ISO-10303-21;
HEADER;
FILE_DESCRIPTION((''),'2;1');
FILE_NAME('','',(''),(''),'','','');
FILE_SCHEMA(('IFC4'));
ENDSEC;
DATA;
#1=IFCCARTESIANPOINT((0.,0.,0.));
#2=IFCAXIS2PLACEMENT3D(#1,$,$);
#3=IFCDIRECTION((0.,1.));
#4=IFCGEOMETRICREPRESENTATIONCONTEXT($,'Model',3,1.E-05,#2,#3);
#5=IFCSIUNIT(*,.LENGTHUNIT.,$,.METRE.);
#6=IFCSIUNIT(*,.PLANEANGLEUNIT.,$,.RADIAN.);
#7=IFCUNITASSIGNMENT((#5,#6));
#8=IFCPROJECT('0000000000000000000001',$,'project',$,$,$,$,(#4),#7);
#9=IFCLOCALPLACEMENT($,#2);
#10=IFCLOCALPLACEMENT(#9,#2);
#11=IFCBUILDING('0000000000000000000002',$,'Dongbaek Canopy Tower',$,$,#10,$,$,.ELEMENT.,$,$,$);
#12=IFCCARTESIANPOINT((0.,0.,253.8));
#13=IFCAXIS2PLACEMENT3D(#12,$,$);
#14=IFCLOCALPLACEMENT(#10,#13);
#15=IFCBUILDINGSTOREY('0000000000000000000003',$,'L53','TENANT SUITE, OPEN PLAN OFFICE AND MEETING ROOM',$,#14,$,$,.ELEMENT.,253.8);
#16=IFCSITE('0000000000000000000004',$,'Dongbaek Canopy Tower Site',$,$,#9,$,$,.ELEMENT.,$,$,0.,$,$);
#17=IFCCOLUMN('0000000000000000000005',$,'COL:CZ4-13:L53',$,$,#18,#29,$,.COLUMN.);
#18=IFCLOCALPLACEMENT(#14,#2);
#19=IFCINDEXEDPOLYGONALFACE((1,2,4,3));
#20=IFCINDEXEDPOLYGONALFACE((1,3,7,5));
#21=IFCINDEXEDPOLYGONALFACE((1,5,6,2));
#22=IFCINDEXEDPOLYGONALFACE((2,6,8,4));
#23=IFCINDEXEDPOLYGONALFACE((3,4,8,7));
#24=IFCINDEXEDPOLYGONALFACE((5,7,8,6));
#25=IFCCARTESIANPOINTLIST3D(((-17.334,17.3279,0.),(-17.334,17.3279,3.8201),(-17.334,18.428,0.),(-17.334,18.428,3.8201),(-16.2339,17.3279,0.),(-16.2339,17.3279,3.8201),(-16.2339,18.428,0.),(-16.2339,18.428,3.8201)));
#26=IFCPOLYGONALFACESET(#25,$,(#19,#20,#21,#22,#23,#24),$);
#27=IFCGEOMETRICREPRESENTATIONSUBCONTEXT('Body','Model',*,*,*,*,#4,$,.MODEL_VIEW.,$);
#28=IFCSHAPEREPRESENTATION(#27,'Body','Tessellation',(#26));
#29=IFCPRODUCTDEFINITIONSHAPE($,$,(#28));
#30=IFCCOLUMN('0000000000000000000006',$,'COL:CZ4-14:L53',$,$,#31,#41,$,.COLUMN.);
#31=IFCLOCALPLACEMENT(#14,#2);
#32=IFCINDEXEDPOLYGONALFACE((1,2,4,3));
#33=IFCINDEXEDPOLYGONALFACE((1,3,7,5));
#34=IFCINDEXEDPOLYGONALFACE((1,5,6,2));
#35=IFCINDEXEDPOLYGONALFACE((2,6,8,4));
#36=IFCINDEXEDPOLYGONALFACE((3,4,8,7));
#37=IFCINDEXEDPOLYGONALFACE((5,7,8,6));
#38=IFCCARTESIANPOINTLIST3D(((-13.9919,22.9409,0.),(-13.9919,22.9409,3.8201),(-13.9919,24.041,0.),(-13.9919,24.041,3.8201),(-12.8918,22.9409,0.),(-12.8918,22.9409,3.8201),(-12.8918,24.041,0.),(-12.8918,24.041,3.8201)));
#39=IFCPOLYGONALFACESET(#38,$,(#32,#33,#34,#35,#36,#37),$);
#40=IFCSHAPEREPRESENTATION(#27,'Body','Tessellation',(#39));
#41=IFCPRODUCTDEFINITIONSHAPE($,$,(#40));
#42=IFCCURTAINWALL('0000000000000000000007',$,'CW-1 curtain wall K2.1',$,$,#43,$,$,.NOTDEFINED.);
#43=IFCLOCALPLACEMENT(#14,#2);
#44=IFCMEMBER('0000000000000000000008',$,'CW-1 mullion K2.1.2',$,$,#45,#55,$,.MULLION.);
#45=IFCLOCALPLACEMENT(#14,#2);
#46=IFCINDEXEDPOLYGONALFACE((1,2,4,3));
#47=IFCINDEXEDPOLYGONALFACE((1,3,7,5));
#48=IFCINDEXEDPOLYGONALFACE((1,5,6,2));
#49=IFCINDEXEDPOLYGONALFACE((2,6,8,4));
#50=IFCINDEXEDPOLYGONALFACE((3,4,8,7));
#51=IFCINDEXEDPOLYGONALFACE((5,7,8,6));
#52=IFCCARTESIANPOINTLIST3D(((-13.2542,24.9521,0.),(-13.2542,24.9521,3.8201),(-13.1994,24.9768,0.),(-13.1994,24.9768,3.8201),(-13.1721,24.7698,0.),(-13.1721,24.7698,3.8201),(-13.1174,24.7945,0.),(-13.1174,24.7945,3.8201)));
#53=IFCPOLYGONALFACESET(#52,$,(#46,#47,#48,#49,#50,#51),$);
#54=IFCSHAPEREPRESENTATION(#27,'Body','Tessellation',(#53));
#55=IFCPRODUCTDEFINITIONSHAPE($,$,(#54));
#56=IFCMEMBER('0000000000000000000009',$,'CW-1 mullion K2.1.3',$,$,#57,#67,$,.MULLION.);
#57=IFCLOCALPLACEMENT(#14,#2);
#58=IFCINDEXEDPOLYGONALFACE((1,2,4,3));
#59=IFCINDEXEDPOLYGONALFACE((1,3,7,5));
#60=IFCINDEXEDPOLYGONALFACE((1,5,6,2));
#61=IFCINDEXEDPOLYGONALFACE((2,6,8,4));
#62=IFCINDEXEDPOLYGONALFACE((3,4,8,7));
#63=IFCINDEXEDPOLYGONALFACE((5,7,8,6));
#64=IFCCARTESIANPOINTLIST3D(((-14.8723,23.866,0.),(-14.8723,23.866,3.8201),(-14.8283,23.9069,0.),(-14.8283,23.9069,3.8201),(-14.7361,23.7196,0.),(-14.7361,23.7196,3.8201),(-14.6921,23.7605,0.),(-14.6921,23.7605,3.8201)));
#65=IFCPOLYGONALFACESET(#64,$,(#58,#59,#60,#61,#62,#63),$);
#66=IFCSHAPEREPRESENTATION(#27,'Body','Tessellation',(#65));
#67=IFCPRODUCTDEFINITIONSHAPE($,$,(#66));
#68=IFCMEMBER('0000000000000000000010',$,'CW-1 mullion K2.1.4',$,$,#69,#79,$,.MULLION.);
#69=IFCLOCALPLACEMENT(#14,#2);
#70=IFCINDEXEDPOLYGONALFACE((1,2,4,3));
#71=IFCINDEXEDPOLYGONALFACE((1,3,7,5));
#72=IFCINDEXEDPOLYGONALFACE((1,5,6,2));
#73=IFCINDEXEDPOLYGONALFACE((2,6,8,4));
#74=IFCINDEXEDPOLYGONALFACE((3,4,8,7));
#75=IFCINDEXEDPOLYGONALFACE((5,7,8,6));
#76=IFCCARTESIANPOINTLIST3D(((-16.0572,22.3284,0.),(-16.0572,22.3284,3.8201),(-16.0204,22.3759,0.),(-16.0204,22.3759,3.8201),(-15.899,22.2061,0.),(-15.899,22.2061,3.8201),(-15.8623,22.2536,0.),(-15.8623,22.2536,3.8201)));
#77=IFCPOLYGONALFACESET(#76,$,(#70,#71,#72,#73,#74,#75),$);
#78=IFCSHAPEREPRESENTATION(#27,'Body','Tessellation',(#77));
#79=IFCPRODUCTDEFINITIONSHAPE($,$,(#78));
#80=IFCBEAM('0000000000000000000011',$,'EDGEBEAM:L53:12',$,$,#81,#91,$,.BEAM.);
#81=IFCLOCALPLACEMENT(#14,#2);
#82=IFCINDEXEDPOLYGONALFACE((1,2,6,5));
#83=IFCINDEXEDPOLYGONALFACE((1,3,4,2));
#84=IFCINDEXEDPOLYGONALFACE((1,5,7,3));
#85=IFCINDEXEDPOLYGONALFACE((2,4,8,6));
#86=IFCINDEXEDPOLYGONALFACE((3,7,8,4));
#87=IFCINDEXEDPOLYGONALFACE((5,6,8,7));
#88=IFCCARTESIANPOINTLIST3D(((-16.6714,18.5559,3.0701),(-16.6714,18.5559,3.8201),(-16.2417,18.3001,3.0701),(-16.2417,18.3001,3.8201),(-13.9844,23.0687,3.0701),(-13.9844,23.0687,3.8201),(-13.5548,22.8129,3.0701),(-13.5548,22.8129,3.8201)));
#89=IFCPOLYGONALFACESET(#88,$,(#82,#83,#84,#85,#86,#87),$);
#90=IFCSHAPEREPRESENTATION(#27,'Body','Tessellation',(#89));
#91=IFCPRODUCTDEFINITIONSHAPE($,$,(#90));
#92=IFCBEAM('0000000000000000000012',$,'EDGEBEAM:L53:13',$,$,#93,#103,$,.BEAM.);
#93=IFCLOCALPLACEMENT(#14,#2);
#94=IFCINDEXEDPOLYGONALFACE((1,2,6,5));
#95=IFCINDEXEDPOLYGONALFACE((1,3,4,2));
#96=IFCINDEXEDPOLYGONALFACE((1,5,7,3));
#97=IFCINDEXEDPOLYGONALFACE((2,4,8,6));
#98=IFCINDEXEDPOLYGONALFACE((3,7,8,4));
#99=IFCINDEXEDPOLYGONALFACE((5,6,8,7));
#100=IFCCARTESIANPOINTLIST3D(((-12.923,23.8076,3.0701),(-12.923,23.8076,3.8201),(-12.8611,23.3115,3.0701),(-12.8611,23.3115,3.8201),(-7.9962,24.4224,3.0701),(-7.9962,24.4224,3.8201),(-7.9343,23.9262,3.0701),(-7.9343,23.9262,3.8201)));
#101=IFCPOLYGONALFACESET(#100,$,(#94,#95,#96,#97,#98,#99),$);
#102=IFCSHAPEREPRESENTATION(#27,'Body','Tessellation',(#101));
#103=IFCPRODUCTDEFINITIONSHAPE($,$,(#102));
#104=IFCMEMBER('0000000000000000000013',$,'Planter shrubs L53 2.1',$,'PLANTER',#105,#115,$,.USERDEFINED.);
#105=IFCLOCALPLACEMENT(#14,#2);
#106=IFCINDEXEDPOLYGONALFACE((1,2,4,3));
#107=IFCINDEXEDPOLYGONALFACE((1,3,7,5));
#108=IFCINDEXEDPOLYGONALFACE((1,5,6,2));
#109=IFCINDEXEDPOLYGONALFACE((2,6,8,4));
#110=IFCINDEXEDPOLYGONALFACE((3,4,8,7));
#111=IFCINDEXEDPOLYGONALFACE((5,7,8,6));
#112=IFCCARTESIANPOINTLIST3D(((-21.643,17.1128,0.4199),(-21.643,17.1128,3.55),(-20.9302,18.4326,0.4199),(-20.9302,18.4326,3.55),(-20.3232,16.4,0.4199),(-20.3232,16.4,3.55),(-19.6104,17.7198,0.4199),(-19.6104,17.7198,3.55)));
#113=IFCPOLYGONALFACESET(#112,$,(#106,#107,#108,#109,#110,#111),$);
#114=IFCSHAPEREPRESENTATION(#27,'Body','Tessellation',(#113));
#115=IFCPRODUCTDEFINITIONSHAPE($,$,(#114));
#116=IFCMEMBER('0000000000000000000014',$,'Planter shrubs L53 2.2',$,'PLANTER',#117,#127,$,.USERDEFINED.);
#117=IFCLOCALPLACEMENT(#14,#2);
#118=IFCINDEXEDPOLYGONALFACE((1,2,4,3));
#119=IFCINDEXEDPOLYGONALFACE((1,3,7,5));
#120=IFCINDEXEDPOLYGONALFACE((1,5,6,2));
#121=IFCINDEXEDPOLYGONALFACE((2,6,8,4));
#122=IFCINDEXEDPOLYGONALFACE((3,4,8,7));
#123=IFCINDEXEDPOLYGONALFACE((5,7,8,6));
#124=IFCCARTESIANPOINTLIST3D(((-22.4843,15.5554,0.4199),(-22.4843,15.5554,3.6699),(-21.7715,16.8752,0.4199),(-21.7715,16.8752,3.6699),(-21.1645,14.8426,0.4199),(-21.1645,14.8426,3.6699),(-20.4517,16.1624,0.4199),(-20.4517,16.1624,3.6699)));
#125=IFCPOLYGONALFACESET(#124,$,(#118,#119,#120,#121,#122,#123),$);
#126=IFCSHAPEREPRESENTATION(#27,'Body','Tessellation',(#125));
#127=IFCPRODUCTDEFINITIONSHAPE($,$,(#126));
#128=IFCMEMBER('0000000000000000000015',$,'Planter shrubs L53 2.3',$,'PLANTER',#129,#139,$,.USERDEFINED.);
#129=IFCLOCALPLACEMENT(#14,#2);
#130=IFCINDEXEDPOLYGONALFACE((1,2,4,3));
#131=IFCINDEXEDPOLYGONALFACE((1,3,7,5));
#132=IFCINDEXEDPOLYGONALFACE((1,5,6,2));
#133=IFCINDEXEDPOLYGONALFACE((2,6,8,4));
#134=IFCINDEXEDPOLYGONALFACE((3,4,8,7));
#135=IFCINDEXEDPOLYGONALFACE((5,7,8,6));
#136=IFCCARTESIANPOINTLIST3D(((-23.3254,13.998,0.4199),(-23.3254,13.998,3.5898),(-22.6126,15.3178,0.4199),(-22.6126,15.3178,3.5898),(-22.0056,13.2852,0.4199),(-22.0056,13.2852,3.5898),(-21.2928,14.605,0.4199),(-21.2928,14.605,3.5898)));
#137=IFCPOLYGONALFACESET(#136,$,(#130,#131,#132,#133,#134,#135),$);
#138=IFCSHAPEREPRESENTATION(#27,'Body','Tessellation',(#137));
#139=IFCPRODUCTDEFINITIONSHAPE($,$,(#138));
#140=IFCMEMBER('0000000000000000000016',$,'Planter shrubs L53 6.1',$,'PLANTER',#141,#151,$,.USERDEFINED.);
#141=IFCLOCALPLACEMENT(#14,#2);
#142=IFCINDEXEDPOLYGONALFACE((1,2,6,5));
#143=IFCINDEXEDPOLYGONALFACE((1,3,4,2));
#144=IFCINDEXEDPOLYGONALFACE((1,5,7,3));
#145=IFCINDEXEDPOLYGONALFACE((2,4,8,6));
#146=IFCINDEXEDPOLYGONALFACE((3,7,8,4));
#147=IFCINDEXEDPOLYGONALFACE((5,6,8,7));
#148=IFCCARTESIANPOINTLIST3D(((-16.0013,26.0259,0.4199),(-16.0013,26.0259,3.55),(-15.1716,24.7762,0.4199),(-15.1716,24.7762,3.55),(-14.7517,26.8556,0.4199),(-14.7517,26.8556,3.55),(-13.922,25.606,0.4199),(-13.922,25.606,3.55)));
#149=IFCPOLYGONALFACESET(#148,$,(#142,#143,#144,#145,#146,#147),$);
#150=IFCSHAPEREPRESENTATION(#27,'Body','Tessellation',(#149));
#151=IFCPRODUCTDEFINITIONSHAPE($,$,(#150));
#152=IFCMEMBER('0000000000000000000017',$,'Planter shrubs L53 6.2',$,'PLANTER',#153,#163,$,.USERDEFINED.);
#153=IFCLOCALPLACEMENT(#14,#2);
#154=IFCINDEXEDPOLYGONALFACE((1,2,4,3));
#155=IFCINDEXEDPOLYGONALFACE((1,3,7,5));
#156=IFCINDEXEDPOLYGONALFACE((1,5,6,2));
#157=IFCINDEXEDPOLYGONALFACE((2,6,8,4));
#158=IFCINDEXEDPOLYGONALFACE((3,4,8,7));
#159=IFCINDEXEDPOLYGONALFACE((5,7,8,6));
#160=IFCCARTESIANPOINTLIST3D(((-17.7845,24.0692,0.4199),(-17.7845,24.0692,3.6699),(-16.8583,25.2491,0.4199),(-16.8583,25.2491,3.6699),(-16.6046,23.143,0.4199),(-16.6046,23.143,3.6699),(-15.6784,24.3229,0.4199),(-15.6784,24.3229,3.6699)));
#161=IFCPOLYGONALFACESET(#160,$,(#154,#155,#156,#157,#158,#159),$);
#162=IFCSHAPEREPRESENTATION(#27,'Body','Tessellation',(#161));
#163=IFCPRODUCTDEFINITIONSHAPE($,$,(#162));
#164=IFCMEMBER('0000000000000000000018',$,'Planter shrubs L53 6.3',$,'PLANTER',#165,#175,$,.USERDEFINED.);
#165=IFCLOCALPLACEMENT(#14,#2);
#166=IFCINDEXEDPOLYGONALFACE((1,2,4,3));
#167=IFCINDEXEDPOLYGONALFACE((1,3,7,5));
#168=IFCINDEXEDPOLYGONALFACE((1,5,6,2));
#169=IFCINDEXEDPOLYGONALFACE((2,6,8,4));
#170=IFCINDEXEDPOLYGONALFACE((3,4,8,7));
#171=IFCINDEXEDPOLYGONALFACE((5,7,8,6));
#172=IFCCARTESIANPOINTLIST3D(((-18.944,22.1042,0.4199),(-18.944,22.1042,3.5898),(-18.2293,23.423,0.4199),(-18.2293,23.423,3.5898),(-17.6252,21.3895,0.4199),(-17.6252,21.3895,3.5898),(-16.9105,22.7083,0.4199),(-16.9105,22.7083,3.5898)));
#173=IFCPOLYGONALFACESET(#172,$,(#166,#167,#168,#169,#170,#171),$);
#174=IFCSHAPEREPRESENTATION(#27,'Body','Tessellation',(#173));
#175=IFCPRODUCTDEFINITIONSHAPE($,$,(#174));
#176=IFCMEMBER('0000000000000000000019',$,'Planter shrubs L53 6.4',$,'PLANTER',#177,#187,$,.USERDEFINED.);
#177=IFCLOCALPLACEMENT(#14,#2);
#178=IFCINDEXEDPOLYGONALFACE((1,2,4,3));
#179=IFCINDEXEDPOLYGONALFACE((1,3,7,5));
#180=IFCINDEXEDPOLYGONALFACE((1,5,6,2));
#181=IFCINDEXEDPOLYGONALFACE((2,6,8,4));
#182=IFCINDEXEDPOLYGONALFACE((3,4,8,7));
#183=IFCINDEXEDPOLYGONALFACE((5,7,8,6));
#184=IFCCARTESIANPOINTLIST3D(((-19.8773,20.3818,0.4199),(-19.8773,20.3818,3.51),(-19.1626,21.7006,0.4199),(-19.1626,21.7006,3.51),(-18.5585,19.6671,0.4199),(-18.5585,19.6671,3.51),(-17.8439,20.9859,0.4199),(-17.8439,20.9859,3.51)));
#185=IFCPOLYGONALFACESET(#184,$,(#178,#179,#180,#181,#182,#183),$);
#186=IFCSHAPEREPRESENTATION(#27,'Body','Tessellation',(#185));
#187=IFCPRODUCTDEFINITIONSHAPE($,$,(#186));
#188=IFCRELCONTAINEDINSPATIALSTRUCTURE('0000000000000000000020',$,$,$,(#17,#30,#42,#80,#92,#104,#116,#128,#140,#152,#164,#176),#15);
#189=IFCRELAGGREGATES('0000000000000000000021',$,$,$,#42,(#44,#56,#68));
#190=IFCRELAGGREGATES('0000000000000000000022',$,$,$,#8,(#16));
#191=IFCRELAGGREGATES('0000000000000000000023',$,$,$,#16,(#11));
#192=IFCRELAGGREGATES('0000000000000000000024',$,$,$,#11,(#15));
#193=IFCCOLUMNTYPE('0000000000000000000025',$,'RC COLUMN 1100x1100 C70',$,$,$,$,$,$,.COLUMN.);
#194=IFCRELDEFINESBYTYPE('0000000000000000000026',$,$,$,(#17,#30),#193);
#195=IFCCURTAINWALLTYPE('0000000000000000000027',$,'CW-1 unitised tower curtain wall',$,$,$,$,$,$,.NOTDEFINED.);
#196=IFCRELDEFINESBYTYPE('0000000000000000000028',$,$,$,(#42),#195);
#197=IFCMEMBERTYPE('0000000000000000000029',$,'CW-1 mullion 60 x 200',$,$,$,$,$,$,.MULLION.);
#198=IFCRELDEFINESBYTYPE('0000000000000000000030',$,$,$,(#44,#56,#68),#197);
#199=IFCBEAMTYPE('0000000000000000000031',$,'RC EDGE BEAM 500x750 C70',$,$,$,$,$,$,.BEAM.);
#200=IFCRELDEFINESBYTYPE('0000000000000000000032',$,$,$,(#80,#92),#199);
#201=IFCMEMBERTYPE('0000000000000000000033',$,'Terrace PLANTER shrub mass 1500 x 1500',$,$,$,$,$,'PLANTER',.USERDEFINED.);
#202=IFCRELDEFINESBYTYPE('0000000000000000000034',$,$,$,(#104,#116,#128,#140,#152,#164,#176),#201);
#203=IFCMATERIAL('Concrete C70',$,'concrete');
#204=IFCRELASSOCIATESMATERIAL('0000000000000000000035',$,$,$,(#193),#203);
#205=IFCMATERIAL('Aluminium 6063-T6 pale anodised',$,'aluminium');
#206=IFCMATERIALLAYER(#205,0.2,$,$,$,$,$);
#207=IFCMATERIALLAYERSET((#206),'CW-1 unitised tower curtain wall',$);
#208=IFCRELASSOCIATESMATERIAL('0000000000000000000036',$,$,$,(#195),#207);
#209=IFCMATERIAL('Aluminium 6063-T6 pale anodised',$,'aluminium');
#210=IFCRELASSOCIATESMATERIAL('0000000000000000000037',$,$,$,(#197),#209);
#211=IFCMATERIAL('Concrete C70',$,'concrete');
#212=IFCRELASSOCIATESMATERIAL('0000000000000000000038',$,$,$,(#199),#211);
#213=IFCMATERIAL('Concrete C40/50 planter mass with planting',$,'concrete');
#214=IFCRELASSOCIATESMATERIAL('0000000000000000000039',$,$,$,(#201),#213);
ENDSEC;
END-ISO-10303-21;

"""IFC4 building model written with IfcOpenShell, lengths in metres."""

from ifc_helpers import new_model, si_unit, direction, frame, origin, origin_2d, place, context, subcontext, project, spatial, rectangle, extrude, material, layer, layer_set, material_profile, profile_set, type_object, element, aggregate, save


model = new_model("IFC4")

# Units and contexts
model_context = context("Model", 3, precision=1e-05, world=origin(), true_north=direction((0.0, 1.0)))
body_context = subcontext(model_context, "Body", "Model", "MODEL_VIEW")
ifc_project = project(units=[si_unit("LENGTHUNIT", "METRE"), si_unit("PLANEANGLEUNIT", "RADIAN")], contexts=[model_context])

# Site, building, storey
site_placement = place(None, origin())
site = spatial("IfcSite", under=ifc_project, at=site_placement, Name="Dongbaek Canopy Tower Site", CompositionType="ELEMENT", RefElevation=0.0)
building_placement = place(site_placement, origin())
building = spatial("IfcBuilding", under=site, at=building_placement, Name="Dongbaek Canopy Tower", CompositionType="ELEMENT")
storey_placement = place(building_placement, frame((0.0, 0.0, 253.8)))
storey = spatial("IfcBuildingStorey", under=building, at=storey_placement, Name="L53", Description="TENANT SUITE, OPEN PLAN OFFICE AND MEETING ROOM", CompositionType="ELEMENT", Elevation=253.8)

# Columns
ifc_material_1 = material(Name="Concrete C70", Category="concrete")
ifc_material_profile_1 = material_profile(ifc_material_1, rectangle(XDim=1.1001, YDim=1.1001, at=origin_2d()), Name="RC COLUMN 1100x1100 C70")
ifc_profile_set_1 = profile_set([ifc_material_profile_1], Name="Concrete C70")
column_type = type_object("IfcColumnType", Name="RC COLUMN 1100x1100 C70", PredefinedType="COLUMN", material=ifc_profile_set_1)
for number, where, z_axis, x_axis, name in (
    (1, (-16.7839, 17.8779, 0.0), (0.0, 0.0, 1.0), (1.0, 0.0, 0.0), "COL:CZ4-13:L53"),
    (2, (-13.4419, 23.491, 0.0), (0.0, 0.0, 1.0), (1.0, 0.0, 0.0), "COL:CZ4-14:L53"),
):
    element("IfcColumn", number, at=place(storey_placement, frame(where, z_axis=z_axis, x_axis=x_axis)), inside=storey, type_object=column_type, Name=name, PredefinedType="COLUMN", context=body_context, shape_type="SweptSolid", body=[
        extrude(rectangle(XDim=1.1001, YDim=1.1001, at=origin_2d()), origin(), (0.0, 0.0, 1.0), 3.8201),
    ])

# Curtain wall, members
ifc_material_2 = material(Name="Aluminium 6063-T6 pale anodised", Category="aluminium")
ifc_layer_1 = layer(ifc_material_2, 0.2)
ifc_layer_set_1 = layer_set([ifc_layer_1], Name="CW-1 unitised tower curtain wall")
curtain_wall_type = type_object("IfcCurtainWallType", Name="CW-1 unitised tower curtain wall", PredefinedType="NOTDEFINED", material=ifc_layer_set_1)
curtain_wall_placement = place(storey_placement, origin())
curtain_wall = element("IfcCurtainWall", 3, at=curtain_wall_placement, inside=storey, type_object=curtain_wall_type, Name="CW-1 curtain wall K2.1", PredefinedType="NOTDEFINED")
ifc_material_3 = material(Name="Aluminium 6063-T6 pale anodised", Category="aluminium")
ifc_material_profile_2 = material_profile(ifc_material_3, rectangle(XDim=0.2, YDim=0.0601, at=origin_2d()), Name="CW-1 mullion 60 x 200")
ifc_profile_set_2 = profile_set([ifc_material_profile_2], Name="Aluminium 6063-T6 pale anodised")
member_type_1 = type_object("IfcMemberType", Name="CW-1 mullion 60 x 200", PredefinedType="MULLION", material=ifc_profile_set_2)
member_1_placement = place(storey_placement, frame((-13.1858, 24.8733, 0.0), z_axis=(0.0, 0.0, 1.0), x_axis=(-0.410472, 0.911873, 0.0)))
member_1 = element("IfcMember", 4, at=member_1_placement, type_object=member_type_1, Name="CW-1 mullion K2.1.2", PredefinedType="MULLION", context=body_context, shape_type="SweptSolid", body=[
    extrude(rectangle(XDim=0.2, YDim=0.0601, at=origin_2d()), origin(), (0.0, 0.0, 1.0), 3.8201),
])
member_2_placement = place(storey_placement, frame((-14.7822, 23.8132, 0.0), z_axis=(0.0, 0.0, 1.0), x_axis=(-0.681117, 0.732174, 0.0)))
member_2 = element("IfcMember", 5, at=member_2_placement, type_object=member_type_1, Name="CW-1 mullion K2.1.3", PredefinedType="MULLION", context=body_context, shape_type="SweptSolid", body=[
    extrude(rectangle(XDim=0.2, YDim=0.0601, at=origin_2d()), origin(), (0.0, 0.0, 1.0), 3.8201),
])
member_3_placement = place(storey_placement, frame((-15.9597, 22.291, 0.0), z_axis=(0.0, 0.0, 1.0), x_axis=(-0.791002, 0.611813, 0.0)))
member_3 = element("IfcMember", 6, at=member_3_placement, type_object=member_type_1, Name="CW-1 mullion K2.1.4", PredefinedType="MULLION", context=body_context, shape_type="SweptSolid", body=[
    extrude(rectangle(XDim=0.2, YDim=0.0601, at=origin_2d()), origin(), (0.0, 0.0, 1.0), 3.8201),
])

# Beams
ifc_material_4 = material(Name="Concrete C70", Category="concrete")
ifc_material_profile_3 = material_profile(ifc_material_4, rectangle(XDim=0.5, YDim=0.75, at=origin_2d()), Name="RC EDGE BEAM 500x750 C70")
ifc_profile_set_3 = profile_set([ifc_material_profile_3], Name="Concrete C70")
beam_type = type_object("IfcBeamType", Name="RC EDGE BEAM 500x750 C70", PredefinedType="BEAM", material=ifc_profile_set_3)
beam_1_placement = place(storey_placement, frame((-16.4565, 18.428, 3.4451), z_axis=(0.511588, 0.859231, 0.0), x_axis=(-0.859231, 0.511588, 0.0)))
element("IfcBeam", 7, at=beam_1_placement, inside=storey, type_object=beam_type, Name="EDGEBEAM:L53:12", PredefinedType="BEAM", context=body_context, shape_type="SweptSolid", body=[
    extrude(rectangle(XDim=0.5, YDim=0.75, at=origin_2d()), origin(), (0.0, 0.0, 1.0), 5.2522),
])
beam_2_placement = place(storey_placement, frame((-12.8921, 23.5596, 3.4451), z_axis=(0.992306, 0.123811, 0.0), x_axis=(-0.123811, 0.992306, 0.0)))
element("IfcBeam", 8, at=beam_2_placement, inside=storey, type_object=beam_type, Name="EDGEBEAM:L53:13", PredefinedType="BEAM", context=body_context, shape_type="SweptSolid", body=[
    extrude(rectangle(XDim=0.5, YDim=0.75, at=origin_2d()), origin(), (0.0, 0.0, 1.0), 4.9651),
])

# Members
ifc_material_5 = material(Name="Concrete C40/50 planter mass with planting", Category="concrete")
ifc_material_profile_4 = material_profile(ifc_material_5, rectangle(XDim=1.5, YDim=1.5, at=origin_2d()), Name="Terrace PLANTER shrub mass 1500 x 1500")
ifc_profile_set_4 = profile_set([ifc_material_profile_4], Name="Concrete C40/50 planter mass with planting")
member_type_2 = type_object("IfcMemberType", Name="Terrace PLANTER shrub mass 1500 x 1500", ElementType="PLANTER", PredefinedType="USERDEFINED", material=ifc_profile_set_4)
member_4_placement = place(storey_placement, frame((-20.6267, 17.4163, 0.4199), z_axis=(0.0, 0.0, 1.0), x_axis=(-0.879877, 0.475202, 0.0)))
element("IfcMember", 9, at=member_4_placement, inside=storey, type_object=member_type_2, Name="Planter shrubs L53 2.1", ObjectType="PLANTER", PredefinedType="USERDEFINED", context=body_context, shape_type="SweptSolid", body=[
    extrude(rectangle(XDim=1.5, YDim=1.5, at=origin_2d()), origin(), (0.0, 0.0, 1.0), 3.1301),
])
member_5_placement = place(storey_placement, frame((-21.468, 15.8589, 0.4199), z_axis=(0.0, 0.0, 1.0), x_axis=(-0.879877, 0.475202, 0.0)))
element("IfcMember", 10, at=member_5_placement, inside=storey, type_object=member_type_2, Name="Planter shrubs L53 2.2", ObjectType="PLANTER", PredefinedType="USERDEFINED", context=body_context, shape_type="SweptSolid", body=[
    extrude(rectangle(XDim=1.5, YDim=1.5, at=origin_2d()), origin(), (0.0, 0.0, 1.0), 3.25),
])
member_6_placement = place(storey_placement, frame((-22.3091, 14.3015, 0.4199), z_axis=(0.0, 0.0, 1.0), x_axis=(-0.879877, 0.475202, 0.0)))
element("IfcMember", 11, at=member_6_placement, inside=storey, type_object=member_type_2, Name="Planter shrubs L53 2.3", ObjectType="PLANTER", PredefinedType="USERDEFINED", context=body_context, shape_type="SweptSolid", body=[
    extrude(rectangle(XDim=1.5, YDim=1.5, at=origin_2d()), origin(), (0.0, 0.0, 1.0), 3.1699),
])
member_7_placement = place(storey_placement, frame((-14.9617, 25.8159, 0.4199), z_axis=(0.0, 0.0, 1.0), x_axis=(-0.553141, 0.833088, 0.0)))
element("IfcMember", 12, at=member_7_placement, inside=storey, type_object=member_type_2, Name="Planter shrubs L53 6.1", ObjectType="PLANTER", PredefinedType="USERDEFINED", context=body_context, shape_type="SweptSolid", body=[
    extrude(rectangle(XDim=1.5, YDim=1.5, at=origin_2d()), origin(), (0.0, 0.0, 1.0), 3.1301),
])
member_8_placement = place(storey_placement, frame((-16.7314, 24.196, 0.4199), z_axis=(0.0, 0.0, 1.0), x_axis=(-0.786623, 0.617433, 0.0)))
element("IfcMember", 13, at=member_8_placement, inside=storey, type_object=member_type_2, Name="Planter shrubs L53 6.2", ObjectType="PLANTER", PredefinedType="USERDEFINED", context=body_context, shape_type="SweptSolid", body=[
    extrude(rectangle(XDim=1.5, YDim=1.5, at=origin_2d()), origin(), (0.0, 0.0, 1.0), 3.25),
])
member_9_placement = place(storey_placement, frame((-17.9272, 22.4062, 0.4199), z_axis=(0.0, 0.0, 1.0), x_axis=(-0.879194, 0.476463, 0.0)))
element("IfcMember", 14, at=member_9_placement, inside=storey, type_object=member_type_2, Name="Planter shrubs L53 6.3", ObjectType="PLANTER", PredefinedType="USERDEFINED", context=body_context, shape_type="SweptSolid", body=[
    extrude(rectangle(XDim=1.5, YDim=1.5, at=origin_2d()), origin(), (0.0, 0.0, 1.0), 3.1699),
])
member_10_placement = place(storey_placement, frame((-18.8606, 20.6838, 0.4199), z_axis=(0.0, 0.0, 1.0), x_axis=(-0.879194, 0.476463, 0.0)))
element("IfcMember", 15, at=member_10_placement, inside=storey, type_object=member_type_2, Name="Planter shrubs L53 6.4", ObjectType="PLANTER", PredefinedType="USERDEFINED", context=body_context, shape_type="SweptSolid", body=[
    extrude(rectangle(XDim=1.5, YDim=1.5, at=origin_2d()), origin(), (0.0, 0.0, 1.0), 3.0901),
])

aggregate(curtain_wall, [member_1, member_2, member_3])

save(model, "model.ifc")
